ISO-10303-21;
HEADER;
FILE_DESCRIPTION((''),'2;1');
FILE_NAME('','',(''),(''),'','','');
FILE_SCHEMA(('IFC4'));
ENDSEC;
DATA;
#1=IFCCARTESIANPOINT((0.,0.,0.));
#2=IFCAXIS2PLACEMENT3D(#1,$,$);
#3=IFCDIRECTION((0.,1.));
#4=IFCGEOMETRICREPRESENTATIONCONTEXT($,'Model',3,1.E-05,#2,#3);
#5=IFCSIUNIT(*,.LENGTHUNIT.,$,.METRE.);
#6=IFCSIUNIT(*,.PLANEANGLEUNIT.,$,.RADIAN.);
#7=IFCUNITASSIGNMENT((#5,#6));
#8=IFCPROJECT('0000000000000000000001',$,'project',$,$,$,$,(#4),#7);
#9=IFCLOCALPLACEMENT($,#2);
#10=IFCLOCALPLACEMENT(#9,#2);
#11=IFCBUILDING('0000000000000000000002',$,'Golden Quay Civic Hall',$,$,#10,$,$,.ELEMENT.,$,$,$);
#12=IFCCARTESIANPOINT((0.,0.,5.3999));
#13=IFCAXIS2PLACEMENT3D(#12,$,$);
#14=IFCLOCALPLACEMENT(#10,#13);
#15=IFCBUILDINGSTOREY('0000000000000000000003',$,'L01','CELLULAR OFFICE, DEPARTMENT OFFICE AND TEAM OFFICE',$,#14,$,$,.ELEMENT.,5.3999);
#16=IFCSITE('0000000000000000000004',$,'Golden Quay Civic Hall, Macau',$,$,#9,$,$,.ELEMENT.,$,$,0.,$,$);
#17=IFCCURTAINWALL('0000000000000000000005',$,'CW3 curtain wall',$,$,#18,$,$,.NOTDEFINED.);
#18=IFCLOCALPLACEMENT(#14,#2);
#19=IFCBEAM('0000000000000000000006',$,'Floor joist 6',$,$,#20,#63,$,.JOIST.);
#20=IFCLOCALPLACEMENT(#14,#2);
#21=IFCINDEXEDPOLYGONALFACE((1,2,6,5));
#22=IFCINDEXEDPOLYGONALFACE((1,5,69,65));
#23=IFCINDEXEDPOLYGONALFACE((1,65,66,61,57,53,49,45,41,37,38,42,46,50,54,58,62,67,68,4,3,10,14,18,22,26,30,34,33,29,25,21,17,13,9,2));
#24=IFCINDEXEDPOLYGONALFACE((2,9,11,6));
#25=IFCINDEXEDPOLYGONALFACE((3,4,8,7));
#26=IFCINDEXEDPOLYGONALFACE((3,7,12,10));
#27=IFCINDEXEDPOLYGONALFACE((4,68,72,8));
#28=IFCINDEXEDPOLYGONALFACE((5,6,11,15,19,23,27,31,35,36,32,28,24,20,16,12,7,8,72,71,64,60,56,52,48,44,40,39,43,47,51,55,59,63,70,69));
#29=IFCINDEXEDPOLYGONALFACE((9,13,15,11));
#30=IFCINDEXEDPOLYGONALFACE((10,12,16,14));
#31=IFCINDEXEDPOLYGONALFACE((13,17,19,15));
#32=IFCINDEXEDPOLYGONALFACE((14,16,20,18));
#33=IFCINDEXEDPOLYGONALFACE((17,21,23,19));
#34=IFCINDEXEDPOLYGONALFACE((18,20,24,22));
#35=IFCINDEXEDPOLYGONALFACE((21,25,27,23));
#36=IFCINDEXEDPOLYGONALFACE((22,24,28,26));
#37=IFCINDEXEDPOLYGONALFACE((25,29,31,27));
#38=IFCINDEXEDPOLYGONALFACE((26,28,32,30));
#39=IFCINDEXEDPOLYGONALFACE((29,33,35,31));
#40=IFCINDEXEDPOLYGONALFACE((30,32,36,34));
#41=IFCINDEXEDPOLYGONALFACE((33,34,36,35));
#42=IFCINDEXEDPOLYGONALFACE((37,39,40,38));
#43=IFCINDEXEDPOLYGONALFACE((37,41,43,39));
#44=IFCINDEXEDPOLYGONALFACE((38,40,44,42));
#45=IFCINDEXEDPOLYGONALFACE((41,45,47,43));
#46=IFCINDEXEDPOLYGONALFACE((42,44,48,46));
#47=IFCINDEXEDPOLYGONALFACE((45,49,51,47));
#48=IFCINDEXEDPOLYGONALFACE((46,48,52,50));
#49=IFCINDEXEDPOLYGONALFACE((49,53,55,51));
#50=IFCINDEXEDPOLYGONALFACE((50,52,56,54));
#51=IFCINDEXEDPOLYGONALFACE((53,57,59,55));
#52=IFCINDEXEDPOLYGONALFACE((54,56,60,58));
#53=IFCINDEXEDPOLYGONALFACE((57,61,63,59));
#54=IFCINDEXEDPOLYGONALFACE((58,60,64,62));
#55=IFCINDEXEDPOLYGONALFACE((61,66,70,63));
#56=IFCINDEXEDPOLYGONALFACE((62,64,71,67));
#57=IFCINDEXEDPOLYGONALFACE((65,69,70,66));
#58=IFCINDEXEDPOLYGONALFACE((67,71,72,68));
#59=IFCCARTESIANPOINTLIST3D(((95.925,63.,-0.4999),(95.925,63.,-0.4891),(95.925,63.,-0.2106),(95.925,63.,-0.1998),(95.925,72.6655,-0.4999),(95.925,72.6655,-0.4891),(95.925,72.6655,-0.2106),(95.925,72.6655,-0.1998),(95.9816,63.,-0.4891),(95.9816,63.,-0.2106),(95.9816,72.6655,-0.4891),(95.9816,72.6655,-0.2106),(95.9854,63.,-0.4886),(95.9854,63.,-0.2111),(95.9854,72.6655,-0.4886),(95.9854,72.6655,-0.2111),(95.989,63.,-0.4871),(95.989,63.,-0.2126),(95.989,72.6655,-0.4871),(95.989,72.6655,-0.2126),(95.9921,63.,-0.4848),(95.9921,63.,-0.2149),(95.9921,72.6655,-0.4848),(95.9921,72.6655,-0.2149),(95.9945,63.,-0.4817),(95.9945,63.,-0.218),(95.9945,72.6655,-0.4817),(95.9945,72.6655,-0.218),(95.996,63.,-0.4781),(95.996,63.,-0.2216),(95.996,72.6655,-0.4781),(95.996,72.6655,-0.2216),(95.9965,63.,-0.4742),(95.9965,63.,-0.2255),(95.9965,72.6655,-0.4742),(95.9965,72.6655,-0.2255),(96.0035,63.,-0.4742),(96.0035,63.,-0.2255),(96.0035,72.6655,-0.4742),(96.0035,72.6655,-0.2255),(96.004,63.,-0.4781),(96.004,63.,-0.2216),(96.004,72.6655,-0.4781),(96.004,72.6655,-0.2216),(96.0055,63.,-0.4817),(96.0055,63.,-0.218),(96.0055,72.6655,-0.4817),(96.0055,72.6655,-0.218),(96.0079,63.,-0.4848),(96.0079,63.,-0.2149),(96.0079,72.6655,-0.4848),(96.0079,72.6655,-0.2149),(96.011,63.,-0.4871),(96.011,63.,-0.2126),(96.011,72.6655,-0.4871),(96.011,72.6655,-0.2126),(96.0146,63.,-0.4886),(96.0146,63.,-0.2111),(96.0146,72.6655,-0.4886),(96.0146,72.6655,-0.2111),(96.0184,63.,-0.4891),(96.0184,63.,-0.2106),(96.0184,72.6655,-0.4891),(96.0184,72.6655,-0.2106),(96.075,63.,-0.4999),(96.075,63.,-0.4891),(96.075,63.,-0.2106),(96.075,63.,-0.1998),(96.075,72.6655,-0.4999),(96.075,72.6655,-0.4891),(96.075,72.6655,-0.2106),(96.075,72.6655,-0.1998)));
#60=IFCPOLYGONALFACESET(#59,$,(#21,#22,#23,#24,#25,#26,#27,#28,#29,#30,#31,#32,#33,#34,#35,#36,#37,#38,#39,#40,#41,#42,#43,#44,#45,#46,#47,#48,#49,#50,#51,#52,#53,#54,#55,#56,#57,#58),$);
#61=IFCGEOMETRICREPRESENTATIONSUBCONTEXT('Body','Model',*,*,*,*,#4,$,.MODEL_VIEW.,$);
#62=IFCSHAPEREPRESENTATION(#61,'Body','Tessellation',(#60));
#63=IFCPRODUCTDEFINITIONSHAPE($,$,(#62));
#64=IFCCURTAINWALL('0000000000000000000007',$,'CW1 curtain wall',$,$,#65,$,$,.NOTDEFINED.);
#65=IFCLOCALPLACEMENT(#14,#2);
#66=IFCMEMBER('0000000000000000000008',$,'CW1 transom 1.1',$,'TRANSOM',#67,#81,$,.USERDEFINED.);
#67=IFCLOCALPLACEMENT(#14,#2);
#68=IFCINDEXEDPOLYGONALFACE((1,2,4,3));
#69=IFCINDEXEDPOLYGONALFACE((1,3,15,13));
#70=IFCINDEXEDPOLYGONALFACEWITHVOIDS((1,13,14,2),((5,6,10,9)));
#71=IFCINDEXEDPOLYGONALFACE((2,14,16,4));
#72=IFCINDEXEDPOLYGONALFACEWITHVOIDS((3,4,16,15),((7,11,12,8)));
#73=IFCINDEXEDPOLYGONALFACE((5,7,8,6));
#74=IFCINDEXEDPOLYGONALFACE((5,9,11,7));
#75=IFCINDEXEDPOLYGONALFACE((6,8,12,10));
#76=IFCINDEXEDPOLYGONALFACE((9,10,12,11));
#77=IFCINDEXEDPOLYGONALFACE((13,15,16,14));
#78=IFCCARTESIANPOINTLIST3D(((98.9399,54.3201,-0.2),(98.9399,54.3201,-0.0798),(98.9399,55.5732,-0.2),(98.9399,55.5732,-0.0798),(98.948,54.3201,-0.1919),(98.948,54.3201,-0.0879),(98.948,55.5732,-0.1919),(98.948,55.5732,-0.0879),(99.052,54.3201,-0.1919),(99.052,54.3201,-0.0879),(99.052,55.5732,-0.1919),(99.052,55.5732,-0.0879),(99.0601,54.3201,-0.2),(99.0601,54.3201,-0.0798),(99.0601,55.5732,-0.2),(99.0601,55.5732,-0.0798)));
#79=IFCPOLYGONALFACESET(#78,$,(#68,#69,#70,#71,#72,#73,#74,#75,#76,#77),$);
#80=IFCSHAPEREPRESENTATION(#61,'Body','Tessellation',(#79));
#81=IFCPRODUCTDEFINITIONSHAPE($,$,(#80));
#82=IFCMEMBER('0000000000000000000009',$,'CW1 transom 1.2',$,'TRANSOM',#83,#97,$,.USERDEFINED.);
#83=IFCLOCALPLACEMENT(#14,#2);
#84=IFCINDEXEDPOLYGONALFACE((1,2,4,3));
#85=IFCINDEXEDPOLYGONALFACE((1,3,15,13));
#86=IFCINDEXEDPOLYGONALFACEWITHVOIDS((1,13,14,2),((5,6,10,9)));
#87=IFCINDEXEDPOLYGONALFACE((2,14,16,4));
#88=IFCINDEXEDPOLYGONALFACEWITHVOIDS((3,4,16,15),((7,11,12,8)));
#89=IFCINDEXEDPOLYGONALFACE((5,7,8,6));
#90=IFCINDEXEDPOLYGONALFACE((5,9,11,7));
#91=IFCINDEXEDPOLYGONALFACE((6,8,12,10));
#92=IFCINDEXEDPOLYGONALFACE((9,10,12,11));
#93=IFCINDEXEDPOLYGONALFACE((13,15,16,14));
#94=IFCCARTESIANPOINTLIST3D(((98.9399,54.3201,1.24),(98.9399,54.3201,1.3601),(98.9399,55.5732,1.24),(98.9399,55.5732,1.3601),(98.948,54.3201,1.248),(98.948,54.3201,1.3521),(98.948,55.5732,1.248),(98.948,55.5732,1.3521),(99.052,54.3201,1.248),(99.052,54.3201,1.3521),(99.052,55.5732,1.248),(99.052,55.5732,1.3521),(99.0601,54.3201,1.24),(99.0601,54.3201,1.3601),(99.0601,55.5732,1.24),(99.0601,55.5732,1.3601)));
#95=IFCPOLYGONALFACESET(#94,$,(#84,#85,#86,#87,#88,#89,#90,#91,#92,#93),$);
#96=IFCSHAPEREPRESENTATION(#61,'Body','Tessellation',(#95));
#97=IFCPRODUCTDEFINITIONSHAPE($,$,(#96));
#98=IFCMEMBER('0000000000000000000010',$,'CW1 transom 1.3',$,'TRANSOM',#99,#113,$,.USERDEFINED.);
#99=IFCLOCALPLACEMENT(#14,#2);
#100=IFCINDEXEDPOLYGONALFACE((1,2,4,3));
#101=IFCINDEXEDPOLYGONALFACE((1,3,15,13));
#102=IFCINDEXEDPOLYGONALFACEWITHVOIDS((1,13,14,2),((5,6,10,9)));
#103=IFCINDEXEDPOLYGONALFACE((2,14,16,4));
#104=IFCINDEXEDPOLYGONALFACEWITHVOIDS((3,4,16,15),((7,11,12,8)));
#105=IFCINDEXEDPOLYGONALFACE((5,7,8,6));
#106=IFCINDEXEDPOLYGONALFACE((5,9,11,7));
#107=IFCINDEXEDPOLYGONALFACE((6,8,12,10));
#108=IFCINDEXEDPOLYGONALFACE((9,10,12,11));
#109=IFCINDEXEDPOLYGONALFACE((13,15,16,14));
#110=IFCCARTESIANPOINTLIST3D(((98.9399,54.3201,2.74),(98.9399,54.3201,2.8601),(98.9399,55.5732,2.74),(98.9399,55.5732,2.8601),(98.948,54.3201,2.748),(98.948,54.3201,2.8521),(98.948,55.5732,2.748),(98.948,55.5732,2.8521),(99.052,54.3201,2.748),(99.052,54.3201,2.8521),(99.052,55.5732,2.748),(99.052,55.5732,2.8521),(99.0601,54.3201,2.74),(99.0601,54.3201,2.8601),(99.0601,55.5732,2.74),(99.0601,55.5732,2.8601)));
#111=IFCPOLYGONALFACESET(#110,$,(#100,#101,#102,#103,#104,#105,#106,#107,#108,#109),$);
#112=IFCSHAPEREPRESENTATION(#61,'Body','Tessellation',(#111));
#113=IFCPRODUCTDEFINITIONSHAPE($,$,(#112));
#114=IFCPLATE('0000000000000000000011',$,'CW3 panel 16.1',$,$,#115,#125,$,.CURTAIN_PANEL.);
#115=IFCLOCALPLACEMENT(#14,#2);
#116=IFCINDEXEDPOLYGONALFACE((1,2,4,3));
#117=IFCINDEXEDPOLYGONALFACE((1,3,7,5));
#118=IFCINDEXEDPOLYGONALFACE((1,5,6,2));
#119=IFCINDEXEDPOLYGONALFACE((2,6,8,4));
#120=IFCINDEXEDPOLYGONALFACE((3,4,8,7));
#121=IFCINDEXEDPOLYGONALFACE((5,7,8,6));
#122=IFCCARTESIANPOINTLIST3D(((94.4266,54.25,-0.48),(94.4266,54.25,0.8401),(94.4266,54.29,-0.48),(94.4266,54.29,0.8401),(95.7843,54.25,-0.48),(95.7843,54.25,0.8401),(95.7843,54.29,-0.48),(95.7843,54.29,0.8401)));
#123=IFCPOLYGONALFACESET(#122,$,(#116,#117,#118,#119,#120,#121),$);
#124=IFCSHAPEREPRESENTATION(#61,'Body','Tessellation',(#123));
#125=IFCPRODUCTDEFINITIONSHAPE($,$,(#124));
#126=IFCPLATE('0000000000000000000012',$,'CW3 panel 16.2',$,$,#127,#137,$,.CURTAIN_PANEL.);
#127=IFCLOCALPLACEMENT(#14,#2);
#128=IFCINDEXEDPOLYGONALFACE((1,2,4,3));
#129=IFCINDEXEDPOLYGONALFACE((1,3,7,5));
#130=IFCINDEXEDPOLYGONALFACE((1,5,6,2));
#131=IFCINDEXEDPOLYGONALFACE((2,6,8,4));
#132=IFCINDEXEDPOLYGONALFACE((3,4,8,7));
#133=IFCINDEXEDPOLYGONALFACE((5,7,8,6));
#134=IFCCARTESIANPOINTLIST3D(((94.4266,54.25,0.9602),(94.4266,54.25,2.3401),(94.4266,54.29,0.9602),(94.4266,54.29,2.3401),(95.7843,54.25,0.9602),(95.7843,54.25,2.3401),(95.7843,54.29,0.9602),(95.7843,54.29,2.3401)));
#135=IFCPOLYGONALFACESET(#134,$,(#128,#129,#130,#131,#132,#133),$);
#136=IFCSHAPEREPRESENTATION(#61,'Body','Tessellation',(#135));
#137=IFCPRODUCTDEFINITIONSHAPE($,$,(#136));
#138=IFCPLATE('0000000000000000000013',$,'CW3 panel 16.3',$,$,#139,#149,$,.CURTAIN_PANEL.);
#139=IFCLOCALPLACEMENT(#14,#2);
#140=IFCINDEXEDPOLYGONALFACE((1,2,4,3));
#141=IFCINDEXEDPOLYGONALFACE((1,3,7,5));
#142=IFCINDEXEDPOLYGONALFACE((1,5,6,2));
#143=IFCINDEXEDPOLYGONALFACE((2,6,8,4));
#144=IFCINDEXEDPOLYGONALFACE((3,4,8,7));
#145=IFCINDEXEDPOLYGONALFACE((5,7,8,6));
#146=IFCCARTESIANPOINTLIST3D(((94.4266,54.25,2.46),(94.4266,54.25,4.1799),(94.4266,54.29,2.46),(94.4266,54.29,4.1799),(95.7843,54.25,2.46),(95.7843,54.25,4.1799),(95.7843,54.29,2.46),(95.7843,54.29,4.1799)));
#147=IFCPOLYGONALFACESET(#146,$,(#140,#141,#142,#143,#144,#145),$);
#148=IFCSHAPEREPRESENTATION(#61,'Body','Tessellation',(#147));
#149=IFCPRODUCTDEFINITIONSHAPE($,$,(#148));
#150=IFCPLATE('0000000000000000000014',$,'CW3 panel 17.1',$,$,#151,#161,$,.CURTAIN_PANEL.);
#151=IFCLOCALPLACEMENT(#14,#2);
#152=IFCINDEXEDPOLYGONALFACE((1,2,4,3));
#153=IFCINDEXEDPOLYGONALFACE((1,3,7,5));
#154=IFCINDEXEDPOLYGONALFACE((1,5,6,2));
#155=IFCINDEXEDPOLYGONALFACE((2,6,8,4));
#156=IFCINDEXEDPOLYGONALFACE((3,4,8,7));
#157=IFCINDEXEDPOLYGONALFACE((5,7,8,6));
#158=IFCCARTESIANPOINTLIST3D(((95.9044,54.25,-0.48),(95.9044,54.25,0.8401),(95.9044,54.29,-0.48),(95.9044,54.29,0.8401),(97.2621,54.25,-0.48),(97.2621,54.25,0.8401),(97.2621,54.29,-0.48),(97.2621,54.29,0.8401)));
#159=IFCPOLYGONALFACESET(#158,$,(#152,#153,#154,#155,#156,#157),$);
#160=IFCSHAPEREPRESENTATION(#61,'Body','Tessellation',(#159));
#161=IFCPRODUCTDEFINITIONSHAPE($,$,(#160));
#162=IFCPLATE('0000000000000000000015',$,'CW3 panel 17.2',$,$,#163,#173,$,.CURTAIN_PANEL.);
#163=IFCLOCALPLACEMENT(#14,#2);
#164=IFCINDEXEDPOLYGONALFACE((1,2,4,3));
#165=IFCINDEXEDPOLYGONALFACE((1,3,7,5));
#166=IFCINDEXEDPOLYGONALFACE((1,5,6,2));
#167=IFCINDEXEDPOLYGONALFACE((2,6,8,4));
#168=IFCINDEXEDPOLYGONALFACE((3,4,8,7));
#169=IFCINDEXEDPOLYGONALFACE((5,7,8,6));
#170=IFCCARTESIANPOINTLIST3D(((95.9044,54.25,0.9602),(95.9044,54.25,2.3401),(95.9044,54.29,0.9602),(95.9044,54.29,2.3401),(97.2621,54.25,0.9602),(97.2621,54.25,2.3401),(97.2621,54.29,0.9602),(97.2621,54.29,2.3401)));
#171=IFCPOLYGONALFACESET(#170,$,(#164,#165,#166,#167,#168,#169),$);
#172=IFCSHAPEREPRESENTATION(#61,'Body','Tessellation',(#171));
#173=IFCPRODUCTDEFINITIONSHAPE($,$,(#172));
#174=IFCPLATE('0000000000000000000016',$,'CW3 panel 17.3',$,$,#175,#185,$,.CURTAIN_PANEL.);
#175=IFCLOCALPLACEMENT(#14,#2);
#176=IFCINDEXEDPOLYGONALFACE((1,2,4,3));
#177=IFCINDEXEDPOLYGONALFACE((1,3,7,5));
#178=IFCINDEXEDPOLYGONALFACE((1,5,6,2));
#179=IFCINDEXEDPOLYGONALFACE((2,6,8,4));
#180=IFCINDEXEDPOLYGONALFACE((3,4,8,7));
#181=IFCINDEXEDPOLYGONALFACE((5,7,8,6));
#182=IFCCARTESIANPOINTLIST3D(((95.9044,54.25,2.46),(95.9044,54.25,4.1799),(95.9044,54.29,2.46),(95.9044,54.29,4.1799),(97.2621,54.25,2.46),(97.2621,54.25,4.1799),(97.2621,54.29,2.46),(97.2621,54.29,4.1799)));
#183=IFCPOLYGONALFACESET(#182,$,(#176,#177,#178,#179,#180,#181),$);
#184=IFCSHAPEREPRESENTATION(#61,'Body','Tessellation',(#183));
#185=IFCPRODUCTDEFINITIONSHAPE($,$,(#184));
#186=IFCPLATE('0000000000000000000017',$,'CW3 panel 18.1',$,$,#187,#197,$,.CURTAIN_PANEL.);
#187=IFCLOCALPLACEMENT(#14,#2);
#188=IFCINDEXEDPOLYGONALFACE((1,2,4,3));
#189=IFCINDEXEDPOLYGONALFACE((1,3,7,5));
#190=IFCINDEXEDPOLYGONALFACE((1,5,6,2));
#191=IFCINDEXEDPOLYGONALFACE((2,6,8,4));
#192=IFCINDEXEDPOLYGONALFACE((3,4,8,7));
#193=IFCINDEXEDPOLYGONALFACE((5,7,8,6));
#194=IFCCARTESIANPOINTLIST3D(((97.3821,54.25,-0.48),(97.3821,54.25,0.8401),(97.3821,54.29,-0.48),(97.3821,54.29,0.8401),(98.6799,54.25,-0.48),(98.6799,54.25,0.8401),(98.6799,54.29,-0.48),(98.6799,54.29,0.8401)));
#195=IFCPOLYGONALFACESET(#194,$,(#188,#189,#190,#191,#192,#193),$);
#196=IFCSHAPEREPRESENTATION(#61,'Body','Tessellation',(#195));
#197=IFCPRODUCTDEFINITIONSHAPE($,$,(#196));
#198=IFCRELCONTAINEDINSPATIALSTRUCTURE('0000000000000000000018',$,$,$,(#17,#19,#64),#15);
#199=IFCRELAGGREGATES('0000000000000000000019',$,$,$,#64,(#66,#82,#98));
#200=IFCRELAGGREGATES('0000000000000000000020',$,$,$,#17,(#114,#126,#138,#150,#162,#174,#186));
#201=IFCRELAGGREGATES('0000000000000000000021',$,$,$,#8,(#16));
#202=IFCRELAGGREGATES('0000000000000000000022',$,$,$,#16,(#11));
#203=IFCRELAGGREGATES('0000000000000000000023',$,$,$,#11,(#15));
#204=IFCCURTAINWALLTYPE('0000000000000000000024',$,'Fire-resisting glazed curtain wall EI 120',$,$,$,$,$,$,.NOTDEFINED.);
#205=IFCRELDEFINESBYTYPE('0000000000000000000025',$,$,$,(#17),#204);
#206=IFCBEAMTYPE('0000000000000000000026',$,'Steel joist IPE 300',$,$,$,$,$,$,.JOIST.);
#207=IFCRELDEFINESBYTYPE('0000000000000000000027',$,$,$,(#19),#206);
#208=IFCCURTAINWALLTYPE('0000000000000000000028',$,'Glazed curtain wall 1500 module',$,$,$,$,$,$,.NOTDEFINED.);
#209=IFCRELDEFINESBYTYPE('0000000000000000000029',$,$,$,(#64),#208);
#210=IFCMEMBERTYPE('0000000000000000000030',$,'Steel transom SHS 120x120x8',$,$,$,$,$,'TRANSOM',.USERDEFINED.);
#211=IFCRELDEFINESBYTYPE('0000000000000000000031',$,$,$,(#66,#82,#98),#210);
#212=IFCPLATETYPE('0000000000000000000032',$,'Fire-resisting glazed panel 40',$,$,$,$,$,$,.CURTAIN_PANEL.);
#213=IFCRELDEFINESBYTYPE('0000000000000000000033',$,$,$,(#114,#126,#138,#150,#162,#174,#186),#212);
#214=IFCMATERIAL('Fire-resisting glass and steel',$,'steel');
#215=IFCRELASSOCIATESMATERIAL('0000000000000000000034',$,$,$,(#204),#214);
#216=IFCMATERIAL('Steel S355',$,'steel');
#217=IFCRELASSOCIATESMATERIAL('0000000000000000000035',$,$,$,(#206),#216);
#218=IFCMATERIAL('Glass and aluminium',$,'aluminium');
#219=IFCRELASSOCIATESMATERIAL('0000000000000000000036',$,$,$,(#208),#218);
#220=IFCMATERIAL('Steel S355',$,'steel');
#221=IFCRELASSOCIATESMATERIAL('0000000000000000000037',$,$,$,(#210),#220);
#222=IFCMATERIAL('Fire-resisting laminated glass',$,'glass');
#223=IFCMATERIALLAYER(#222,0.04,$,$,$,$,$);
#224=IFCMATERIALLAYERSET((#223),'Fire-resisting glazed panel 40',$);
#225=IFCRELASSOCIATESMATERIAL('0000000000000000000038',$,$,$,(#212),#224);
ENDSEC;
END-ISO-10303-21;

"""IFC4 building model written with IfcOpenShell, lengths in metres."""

from ifc_helpers import new_model, si_unit, direction, frame, origin, origin_2d, place, context, subcontext, project, spatial, rectangle, hollow_rectangle, i_section, extrude, material, layer, layer_set, material_profile, profile_set, type_object, element, aggregate, save


model = new_model("IFC4")

# Units and contexts
model_context = context("Model", 3, precision=1e-05, world=origin(), true_north=direction((0.0, 1.0)))
body_context = subcontext(model_context, "Body", "Model", "MODEL_VIEW")
ifc_project = project(units=[si_unit("LENGTHUNIT", "METRE"), si_unit("PLANEANGLEUNIT", "RADIAN")], contexts=[model_context])

# Site, building, storey
site_placement = place(None, origin())
site = spatial("IfcSite", under=ifc_project, at=site_placement, Name="Golden Quay Civic Hall, Macau", CompositionType="ELEMENT", RefElevation=0.0)
building_placement = place(site_placement, origin())
building = spatial("IfcBuilding", under=site, at=building_placement, Name="Golden Quay Civic Hall", CompositionType="ELEMENT")
storey_placement = place(building_placement, frame((0.0, 0.0, 5.3999)))
storey = spatial("IfcBuildingStorey", under=building, at=storey_placement, Name="L01", Description="CELLULAR OFFICE, DEPARTMENT OFFICE AND TEAM OFFICE", CompositionType="ELEMENT", Elevation=5.3999)

# Curtain wall
ifc_material_1 = material(Name="Fire-resisting glass and steel", Category="steel")
curtain_wall_type_1 = type_object("IfcCurtainWallType", Name="Fire-resisting glazed curtain wall EI 120", PredefinedType="NOTDEFINED", material=ifc_material_1)
curtain_wall_1_placement = place(storey_placement, origin())
curtain_wall_1 = element("IfcCurtainWall", 1, at=curtain_wall_1_placement, inside=storey, type_object=curtain_wall_type_1, Name="CW3 curtain wall", PredefinedType="NOTDEFINED")

# Beam
ifc_material_2 = material(Name="Steel S355", Category="steel")
ifc_material_profile_1 = material_profile(ifc_material_2, i_section(OverallWidth=0.1499, OverallDepth=0.3, WebThickness=0.0071, FlangeThickness=0.0107, FilletRadius=0.0149, at=origin_2d()), Name="IPE 300")
ifc_profile_set_1 = profile_set([ifc_material_profile_1], Name="Steel S355")
beam_type = type_object("IfcBeamType", Name="Steel joist IPE 300", PredefinedType="JOIST", material=ifc_profile_set_1)
beam_placement = place(storey_placement, frame((96.0, 63.0, -0.3499), z_axis=(0.0, 1.0, 0.0), x_axis=(-1.0, 0.0, 0.0)))
element("IfcBeam", 2, at=beam_placement, inside=storey, type_object=beam_type, Name="Floor joist 6", PredefinedType="JOIST", context=body_context, shape_type="SweptSolid", body=[
    extrude(i_section(OverallWidth=0.1499, OverallDepth=0.3, WebThickness=0.0071, FlangeThickness=0.0107, FilletRadius=0.0149, at=origin_2d()), origin(), (0.0, 0.0, 1.0), 9.6655),
])

# Curtain wall, members
ifc_material_3 = material(Name="Glass and aluminium", Category="aluminium")
curtain_wall_type_2 = type_object("IfcCurtainWallType", Name="Glazed curtain wall 1500 module", PredefinedType="NOTDEFINED", material=ifc_material_3)
curtain_wall_2_placement = place(storey_placement, origin())
curtain_wall_2 = element("IfcCurtainWall", 3, at=curtain_wall_2_placement, inside=storey, type_object=curtain_wall_type_2, Name="CW1 curtain wall", PredefinedType="NOTDEFINED")
ifc_material_4 = material(Name="Steel S355", Category="steel")
ifc_material_profile_2 = material_profile(ifc_material_4, hollow_rectangle(XDim=0.1201, YDim=0.1201, WallThickness=0.0081, at=origin_2d()), Name="SHS 120x120x8")
ifc_profile_set_2 = profile_set([ifc_material_profile_2], Name="Steel S355")
member_type_1 = type_object("IfcMemberType", Name="Steel transom SHS 120x120x8", ElementType="TRANSOM", PredefinedType="USERDEFINED", material=ifc_profile_set_2)
member_1_placement = place(storey_placement, frame((99.0, 54.3201, -0.1399), z_axis=(0.0, 1.0, 0.0), x_axis=(-1.0, 0.0, 0.0)))
member_1 = element("IfcMember", 4, at=member_1_placement, type_object=member_type_1, Name="CW1 transom 1.1", ObjectType="TRANSOM", PredefinedType="USERDEFINED", context=body_context, shape_type="SweptSolid", body=[
    extrude(hollow_rectangle(XDim=0.1201, YDim=0.1201, WallThickness=0.0081, at=origin_2d()), origin(), (0.0, 0.0, 1.0), 1.2532),
])
member_2_placement = place(storey_placement, frame((99.0, 54.3201, 1.3), z_axis=(0.0, 1.0, 0.0), x_axis=(-1.0, 0.0, 0.0)))
member_2 = element("IfcMember", 5, at=member_2_placement, type_object=member_type_1, Name="CW1 transom 1.2", ObjectType="TRANSOM", PredefinedType="USERDEFINED", context=body_context, shape_type="SweptSolid", body=[
    extrude(hollow_rectangle(XDim=0.1201, YDim=0.1201, WallThickness=0.0081, at=origin_2d()), origin(), (0.0, 0.0, 1.0), 1.2532),
])
member_3_placement = place(storey_placement, frame((99.0, 54.3201, 2.8), z_axis=(0.0, 1.0, 0.0), x_axis=(-1.0, 0.0, 0.0)))
member_3 = element("IfcMember", 6, at=member_3_placement, type_object=member_type_1, Name="CW1 transom 1.3", ObjectType="TRANSOM", PredefinedType="USERDEFINED", context=body_context, shape_type="SweptSolid", body=[
    extrude(hollow_rectangle(XDim=0.1201, YDim=0.1201, WallThickness=0.0081, at=origin_2d()), origin(), (0.0, 0.0, 1.0), 1.2532),
])
aggregate(curtain_wall_2, [member_1, member_2, member_3])

# Plates
ifc_material_5 = material(Name="Fire-resisting laminated glass", Category="glass")
ifc_layer = layer(ifc_material_5, 0.04)
ifc_layer_set = layer_set([ifc_layer], Name="Fire-resisting glazed panel 40")
plate_type = type_object("IfcPlateType", Name="Fire-resisting glazed panel 40", PredefinedType="CURTAIN_PANEL", material=ifc_layer_set)
plate_1_placement = place(storey_placement, frame((95.1055, 54.27, -0.48), z_axis=(0.0, 0.0, 1.0), x_axis=(1.0, 0.0, 0.0)))
plate_1 = element("IfcPlate", 7, at=plate_1_placement, type_object=plate_type, Name="CW3 panel 16.1", PredefinedType="CURTAIN_PANEL", context=body_context, shape_type="SweptSolid", body=[
    extrude(rectangle(XDim=1.3577, YDim=0.04, at=origin_2d()), origin(), (0.0, 0.0, 1.0), 1.3201),
])
plate_2_placement = place(storey_placement, frame((95.1055, 54.27, 0.9602), z_axis=(0.0, 0.0, 1.0), x_axis=(1.0, 0.0, 0.0)))
plate_2 = element("IfcPlate", 8, at=plate_2_placement, type_object=plate_type, Name="CW3 panel 16.2", PredefinedType="CURTAIN_PANEL", context=body_context, shape_type="SweptSolid", body=[
    extrude(rectangle(XDim=1.3577, YDim=0.04, at=origin_2d()), origin(), (0.0, 0.0, 1.0), 1.3799),
])
plate_3_placement = place(storey_placement, frame((95.1055, 54.27, 2.46), z_axis=(0.0, 0.0, 1.0), x_axis=(1.0, 0.0, 0.0)))
plate_3 = element("IfcPlate", 9, at=plate_3_placement, type_object=plate_type, Name="CW3 panel 16.3", PredefinedType="CURTAIN_PANEL", context=body_context, shape_type="SweptSolid", body=[
    extrude(rectangle(XDim=1.3577, YDim=0.04, at=origin_2d()), origin(), (0.0, 0.0, 1.0), 1.72),
])
plate_4_placement = place(storey_placement, frame((96.5833, 54.27, -0.48), z_axis=(0.0, 0.0, 1.0), x_axis=(1.0, 0.0, 0.0)))
plate_4 = element("IfcPlate", 10, at=plate_4_placement, type_object=plate_type, Name="CW3 panel 17.1", PredefinedType="CURTAIN_PANEL", context=body_context, shape_type="SweptSolid", body=[
    extrude(rectangle(XDim=1.3577, YDim=0.04, at=origin_2d()), origin(), (0.0, 0.0, 1.0), 1.3201),
])
plate_5_placement = place(storey_placement, frame((96.5833, 54.27, 0.9602), z_axis=(0.0, 0.0, 1.0), x_axis=(1.0, 0.0, 0.0)))
plate_5 = element("IfcPlate", 11, at=plate_5_placement, type_object=plate_type, Name="CW3 panel 17.2", PredefinedType="CURTAIN_PANEL", context=body_context, shape_type="SweptSolid", body=[
    extrude(rectangle(XDim=1.3577, YDim=0.04, at=origin_2d()), origin(), (0.0, 0.0, 1.0), 1.3799),
])
plate_6_placement = place(storey_placement, frame((96.5833, 54.27, 2.46), z_axis=(0.0, 0.0, 1.0), x_axis=(1.0, 0.0, 0.0)))
plate_6 = element("IfcPlate", 12, at=plate_6_placement, type_object=plate_type, Name="CW3 panel 17.3", PredefinedType="CURTAIN_PANEL", context=body_context, shape_type="SweptSolid", body=[
    extrude(rectangle(XDim=1.3577, YDim=0.04, at=origin_2d()), origin(), (0.0, 0.0, 1.0), 1.72),
])
plate_7_placement = place(storey_placement, frame((98.031, 54.27, -0.48), z_axis=(0.0, 0.0, 1.0), x_axis=(1.0, 0.0, 0.0)))
plate_7 = element("IfcPlate", 13, at=plate_7_placement, type_object=plate_type, Name="CW3 panel 18.1", PredefinedType="CURTAIN_PANEL", context=body_context, shape_type="SweptSolid", body=[
    extrude(rectangle(XDim=1.2979, YDim=0.04, at=origin_2d()), origin(), (0.0, 0.0, 1.0), 1.3201),
])
aggregate(curtain_wall_1, [plate_1, plate_2, plate_3, plate_4, plate_5, plate_6, plate_7])

save(model, "model.ifc")
